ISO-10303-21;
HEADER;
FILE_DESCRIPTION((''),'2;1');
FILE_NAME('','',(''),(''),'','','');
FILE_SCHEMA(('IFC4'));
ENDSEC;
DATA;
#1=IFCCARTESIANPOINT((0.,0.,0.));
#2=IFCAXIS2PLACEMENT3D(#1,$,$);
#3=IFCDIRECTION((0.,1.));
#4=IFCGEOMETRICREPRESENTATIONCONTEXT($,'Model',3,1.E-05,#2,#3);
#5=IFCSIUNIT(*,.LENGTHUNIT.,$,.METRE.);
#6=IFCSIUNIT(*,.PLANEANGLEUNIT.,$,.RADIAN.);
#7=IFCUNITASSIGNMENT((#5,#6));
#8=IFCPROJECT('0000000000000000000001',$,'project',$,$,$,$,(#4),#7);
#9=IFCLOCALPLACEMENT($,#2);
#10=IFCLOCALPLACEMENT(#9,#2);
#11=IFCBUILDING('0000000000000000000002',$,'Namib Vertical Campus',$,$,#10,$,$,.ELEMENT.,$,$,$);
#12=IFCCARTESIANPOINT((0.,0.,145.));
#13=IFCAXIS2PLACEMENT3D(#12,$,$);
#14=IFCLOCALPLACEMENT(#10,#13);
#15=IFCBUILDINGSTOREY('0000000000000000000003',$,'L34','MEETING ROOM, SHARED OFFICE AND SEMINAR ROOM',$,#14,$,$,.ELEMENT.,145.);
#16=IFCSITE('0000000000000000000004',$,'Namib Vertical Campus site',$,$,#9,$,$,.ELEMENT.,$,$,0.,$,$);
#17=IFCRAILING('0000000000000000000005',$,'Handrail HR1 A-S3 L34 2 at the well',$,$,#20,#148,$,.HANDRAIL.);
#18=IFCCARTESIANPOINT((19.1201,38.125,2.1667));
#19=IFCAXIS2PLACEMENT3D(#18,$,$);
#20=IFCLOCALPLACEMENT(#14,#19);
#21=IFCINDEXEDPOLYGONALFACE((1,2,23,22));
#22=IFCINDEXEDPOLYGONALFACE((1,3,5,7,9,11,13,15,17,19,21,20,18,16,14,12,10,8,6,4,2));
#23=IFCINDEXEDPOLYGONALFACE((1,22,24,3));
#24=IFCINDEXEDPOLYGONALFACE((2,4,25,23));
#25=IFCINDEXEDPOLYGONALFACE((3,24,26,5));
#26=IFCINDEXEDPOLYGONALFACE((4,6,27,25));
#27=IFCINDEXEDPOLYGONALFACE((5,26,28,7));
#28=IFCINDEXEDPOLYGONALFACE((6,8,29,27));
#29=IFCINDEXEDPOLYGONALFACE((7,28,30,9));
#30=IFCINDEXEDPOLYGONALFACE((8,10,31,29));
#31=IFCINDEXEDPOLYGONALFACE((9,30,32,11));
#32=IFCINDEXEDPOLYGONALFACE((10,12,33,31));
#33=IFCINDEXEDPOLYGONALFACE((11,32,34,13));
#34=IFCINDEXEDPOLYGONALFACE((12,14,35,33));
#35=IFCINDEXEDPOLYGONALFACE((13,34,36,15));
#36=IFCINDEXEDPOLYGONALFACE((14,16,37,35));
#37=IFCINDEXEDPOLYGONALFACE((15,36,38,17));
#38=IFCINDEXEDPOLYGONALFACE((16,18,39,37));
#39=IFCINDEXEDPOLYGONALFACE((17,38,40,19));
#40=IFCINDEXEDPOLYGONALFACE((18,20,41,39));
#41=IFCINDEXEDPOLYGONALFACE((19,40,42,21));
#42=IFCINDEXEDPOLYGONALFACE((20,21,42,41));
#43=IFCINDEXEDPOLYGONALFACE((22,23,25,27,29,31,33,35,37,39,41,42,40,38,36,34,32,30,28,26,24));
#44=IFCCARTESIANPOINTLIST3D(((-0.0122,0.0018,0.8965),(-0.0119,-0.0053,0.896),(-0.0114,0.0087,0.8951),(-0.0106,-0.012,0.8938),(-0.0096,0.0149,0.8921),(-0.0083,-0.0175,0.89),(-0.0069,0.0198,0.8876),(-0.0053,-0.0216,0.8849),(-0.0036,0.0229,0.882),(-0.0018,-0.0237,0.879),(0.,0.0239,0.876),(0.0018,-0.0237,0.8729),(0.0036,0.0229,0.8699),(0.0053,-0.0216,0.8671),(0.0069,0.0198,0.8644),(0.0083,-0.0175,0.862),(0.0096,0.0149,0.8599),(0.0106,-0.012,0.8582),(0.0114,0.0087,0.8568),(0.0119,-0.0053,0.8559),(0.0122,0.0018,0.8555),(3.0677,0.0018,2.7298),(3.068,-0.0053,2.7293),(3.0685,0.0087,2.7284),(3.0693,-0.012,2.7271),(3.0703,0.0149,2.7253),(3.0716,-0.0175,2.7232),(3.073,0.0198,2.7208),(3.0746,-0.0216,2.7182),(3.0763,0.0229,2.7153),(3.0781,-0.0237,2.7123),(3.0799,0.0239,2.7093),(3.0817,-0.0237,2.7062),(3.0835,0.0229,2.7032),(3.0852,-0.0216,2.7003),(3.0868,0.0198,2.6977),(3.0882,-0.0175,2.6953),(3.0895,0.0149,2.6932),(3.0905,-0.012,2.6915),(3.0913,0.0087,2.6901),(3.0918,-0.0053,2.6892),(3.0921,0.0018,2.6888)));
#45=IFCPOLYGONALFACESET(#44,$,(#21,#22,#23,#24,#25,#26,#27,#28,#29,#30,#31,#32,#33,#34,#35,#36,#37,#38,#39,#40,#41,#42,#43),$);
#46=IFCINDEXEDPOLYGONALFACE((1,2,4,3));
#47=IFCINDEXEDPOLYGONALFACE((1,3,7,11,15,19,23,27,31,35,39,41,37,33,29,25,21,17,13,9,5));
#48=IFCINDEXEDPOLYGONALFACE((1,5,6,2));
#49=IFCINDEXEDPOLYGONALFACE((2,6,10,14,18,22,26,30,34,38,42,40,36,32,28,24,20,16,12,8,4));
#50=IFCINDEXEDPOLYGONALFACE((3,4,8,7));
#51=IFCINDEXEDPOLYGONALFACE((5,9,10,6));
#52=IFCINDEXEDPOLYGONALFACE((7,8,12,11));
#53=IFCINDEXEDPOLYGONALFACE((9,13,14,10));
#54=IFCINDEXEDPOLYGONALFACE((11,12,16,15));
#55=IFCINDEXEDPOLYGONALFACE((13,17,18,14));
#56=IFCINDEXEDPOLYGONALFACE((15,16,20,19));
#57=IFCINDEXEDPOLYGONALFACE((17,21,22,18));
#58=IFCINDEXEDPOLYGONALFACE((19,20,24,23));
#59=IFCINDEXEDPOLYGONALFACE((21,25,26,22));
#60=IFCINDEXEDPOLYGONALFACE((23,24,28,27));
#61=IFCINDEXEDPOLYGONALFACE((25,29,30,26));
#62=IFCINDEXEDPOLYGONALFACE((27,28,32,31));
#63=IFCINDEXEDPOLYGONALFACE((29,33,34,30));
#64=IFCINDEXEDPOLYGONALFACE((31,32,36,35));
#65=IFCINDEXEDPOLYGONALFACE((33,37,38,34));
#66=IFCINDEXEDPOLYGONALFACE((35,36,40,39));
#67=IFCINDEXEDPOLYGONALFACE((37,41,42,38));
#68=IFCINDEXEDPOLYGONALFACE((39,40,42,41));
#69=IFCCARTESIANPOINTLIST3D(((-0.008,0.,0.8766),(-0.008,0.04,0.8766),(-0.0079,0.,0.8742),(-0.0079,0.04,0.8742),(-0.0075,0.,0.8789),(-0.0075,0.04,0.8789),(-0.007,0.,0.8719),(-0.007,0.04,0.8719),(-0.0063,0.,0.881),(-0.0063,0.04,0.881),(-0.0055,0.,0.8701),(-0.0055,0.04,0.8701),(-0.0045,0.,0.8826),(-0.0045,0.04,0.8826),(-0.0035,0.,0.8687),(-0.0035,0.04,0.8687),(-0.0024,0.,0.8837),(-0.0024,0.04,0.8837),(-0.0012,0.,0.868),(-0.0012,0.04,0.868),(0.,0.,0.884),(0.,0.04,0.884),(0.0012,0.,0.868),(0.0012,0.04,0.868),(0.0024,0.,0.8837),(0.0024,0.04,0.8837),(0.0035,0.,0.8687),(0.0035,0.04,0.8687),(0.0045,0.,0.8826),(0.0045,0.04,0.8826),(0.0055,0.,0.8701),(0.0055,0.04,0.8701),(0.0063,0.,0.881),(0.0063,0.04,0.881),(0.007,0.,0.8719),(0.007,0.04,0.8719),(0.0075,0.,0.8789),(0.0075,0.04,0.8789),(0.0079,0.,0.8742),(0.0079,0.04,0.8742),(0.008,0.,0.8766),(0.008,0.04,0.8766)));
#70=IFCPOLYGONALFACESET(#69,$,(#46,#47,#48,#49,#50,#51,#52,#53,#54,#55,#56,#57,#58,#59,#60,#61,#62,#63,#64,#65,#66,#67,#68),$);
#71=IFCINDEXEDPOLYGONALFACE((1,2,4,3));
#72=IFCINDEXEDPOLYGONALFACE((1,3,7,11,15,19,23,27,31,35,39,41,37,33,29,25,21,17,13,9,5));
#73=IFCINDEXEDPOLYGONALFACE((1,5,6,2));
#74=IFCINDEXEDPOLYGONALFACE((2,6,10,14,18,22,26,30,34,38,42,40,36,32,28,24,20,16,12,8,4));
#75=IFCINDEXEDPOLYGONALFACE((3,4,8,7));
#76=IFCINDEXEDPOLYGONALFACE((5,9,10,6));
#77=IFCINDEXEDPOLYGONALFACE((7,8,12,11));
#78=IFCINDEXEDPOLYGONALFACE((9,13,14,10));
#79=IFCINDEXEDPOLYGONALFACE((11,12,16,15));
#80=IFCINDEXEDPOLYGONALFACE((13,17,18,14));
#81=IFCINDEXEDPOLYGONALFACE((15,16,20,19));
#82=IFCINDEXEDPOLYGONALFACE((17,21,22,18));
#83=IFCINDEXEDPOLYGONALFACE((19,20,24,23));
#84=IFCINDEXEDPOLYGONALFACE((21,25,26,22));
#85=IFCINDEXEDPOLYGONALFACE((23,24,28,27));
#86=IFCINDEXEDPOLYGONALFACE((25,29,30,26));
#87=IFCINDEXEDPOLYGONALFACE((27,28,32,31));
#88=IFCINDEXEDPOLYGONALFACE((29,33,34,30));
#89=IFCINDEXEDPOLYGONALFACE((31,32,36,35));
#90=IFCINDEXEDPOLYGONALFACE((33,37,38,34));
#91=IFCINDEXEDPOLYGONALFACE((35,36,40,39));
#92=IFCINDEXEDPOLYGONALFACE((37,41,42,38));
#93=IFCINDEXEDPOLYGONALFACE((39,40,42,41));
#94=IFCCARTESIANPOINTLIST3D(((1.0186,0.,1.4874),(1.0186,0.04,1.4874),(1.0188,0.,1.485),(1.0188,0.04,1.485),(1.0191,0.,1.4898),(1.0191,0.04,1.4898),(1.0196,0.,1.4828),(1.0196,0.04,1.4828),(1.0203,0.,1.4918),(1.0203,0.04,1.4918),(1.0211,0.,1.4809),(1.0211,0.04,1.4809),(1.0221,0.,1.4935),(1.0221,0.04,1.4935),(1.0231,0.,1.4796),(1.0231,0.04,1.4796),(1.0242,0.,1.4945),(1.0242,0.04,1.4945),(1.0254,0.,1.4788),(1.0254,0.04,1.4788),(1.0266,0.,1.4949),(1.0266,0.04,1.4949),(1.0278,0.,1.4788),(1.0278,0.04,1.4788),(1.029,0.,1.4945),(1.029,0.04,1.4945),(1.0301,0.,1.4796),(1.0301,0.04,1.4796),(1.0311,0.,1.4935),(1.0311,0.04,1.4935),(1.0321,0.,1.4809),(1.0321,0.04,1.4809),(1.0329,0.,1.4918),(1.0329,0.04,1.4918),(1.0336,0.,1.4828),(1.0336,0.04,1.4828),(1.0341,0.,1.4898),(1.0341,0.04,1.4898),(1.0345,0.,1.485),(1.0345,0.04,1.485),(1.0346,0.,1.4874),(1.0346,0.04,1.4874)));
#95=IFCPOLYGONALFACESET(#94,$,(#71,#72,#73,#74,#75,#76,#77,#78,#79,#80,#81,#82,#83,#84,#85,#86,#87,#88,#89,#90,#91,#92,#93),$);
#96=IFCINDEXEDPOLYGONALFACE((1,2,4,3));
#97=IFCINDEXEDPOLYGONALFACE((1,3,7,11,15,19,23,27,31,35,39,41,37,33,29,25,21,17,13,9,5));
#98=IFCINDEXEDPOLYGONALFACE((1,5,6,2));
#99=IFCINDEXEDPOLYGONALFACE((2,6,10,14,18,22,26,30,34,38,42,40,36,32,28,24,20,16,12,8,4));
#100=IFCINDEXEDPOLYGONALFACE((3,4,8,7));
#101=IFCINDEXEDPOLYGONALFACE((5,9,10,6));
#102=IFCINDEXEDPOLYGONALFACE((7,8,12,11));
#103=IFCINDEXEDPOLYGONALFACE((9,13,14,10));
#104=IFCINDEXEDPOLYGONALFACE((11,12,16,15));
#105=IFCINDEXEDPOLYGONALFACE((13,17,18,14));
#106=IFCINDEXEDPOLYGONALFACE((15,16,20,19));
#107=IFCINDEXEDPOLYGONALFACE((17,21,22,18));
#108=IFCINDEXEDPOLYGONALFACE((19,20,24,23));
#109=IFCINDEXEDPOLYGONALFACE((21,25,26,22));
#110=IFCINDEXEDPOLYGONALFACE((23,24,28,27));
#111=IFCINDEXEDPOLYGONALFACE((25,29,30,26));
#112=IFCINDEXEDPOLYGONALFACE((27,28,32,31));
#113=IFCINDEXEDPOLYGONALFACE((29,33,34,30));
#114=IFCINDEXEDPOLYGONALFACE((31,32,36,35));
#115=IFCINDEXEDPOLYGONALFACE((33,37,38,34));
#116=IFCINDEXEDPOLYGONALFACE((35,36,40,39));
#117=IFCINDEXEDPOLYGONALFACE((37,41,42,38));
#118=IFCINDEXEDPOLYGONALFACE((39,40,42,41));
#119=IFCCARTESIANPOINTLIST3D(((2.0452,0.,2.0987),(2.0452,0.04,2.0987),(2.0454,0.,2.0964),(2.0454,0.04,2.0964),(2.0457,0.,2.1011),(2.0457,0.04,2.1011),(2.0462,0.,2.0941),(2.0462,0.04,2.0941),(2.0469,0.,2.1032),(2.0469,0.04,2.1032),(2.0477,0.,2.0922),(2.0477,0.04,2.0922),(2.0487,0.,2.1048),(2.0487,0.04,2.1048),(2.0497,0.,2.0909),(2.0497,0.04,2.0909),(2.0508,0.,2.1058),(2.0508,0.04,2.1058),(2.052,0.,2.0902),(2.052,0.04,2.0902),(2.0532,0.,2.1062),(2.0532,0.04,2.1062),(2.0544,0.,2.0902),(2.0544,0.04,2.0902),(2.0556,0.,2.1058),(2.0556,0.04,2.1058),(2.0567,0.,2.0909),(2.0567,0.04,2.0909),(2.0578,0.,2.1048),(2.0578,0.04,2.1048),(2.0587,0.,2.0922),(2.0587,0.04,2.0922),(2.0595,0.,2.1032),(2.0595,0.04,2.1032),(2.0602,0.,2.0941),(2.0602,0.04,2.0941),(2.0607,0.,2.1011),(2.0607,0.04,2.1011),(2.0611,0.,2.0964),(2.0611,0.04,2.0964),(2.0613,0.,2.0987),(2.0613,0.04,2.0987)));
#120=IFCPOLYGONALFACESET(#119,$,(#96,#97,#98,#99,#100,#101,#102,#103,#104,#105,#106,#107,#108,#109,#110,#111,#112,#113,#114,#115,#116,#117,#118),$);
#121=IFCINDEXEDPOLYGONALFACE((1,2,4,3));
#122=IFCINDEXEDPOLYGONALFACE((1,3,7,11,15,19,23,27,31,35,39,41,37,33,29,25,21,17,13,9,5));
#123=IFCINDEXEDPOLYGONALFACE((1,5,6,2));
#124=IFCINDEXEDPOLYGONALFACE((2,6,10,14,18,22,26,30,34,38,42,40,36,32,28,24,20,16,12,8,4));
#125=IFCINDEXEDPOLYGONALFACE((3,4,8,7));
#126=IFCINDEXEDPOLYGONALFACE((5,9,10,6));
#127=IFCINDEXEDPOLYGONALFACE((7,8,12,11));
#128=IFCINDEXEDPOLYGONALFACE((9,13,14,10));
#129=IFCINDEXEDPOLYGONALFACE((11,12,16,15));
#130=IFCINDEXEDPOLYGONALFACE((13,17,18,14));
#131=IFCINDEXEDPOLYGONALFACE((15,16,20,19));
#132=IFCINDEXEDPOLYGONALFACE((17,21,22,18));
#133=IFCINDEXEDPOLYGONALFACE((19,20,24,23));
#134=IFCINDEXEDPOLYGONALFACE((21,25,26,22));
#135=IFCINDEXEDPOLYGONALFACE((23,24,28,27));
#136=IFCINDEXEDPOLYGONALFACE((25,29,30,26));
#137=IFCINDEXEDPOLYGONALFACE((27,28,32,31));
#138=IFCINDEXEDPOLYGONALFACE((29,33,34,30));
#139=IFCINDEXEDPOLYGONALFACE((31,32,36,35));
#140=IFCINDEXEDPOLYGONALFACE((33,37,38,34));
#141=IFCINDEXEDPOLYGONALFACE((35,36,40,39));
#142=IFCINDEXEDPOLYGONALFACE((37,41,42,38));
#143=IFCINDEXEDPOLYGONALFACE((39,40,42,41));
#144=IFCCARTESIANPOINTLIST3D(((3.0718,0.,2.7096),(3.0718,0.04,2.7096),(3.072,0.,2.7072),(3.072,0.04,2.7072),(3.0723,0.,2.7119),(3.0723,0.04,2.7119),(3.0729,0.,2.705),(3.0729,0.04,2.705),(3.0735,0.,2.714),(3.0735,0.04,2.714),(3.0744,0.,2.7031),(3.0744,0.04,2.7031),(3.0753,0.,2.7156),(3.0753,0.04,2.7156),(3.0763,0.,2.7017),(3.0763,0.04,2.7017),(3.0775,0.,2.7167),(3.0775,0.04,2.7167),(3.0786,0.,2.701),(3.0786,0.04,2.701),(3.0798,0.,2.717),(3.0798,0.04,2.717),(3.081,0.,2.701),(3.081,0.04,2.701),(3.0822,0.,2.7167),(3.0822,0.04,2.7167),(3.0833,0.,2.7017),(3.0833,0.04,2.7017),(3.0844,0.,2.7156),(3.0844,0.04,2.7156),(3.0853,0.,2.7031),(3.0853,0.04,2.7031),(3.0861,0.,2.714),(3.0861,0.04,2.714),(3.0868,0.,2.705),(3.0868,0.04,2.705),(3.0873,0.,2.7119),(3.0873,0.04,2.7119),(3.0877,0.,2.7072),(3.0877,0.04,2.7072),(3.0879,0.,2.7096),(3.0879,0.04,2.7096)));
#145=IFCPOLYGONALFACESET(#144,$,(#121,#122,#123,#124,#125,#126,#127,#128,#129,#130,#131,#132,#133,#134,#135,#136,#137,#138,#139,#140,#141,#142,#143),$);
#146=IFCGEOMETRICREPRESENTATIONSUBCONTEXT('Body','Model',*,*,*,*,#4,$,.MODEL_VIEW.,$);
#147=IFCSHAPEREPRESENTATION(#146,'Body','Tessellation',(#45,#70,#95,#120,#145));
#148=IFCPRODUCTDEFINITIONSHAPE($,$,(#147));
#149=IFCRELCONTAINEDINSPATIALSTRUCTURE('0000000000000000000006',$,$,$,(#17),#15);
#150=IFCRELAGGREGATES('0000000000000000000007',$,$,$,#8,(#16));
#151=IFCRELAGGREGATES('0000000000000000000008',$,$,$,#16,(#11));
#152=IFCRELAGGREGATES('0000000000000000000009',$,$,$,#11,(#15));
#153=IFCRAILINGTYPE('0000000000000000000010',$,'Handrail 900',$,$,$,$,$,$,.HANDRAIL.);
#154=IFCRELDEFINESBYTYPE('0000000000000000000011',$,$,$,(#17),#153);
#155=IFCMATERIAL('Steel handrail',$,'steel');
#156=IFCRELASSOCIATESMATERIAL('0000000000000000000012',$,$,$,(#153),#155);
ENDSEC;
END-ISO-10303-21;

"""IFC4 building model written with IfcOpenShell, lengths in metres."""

from ifc_helpers import new_model, si_unit, direction, frame, origin, origin_2d, place, context, subcontext, project, spatial, circle, extrude, material, type_object, element, save


model = new_model("IFC4")

# Units and contexts
model_context = context("Model", 3, precision=1e-05, world=origin(), true_north=direction((0.0, 1.0)))
body_context = subcontext(model_context, "Body", "Model", "MODEL_VIEW")
ifc_project = project(units=[si_unit("LENGTHUNIT", "METRE"), si_unit("PLANEANGLEUNIT", "RADIAN")], contexts=[model_context])

# Site, building, storey
site_placement = place(None, origin())
site = spatial("IfcSite", under=ifc_project, at=site_placement, Name="Namib Vertical Campus site", CompositionType="ELEMENT", RefElevation=0.0)
building_placement = place(site_placement, origin())
building = spatial("IfcBuilding", under=site, at=building_placement, Name="Namib Vertical Campus", CompositionType="ELEMENT")
storey_placement = place(building_placement, frame((0.0, 0.0, 145.0)))
storey = spatial("IfcBuildingStorey", under=building, at=storey_placement, Name="L34", Description="MEETING ROOM, SHARED OFFICE AND SEMINAR ROOM", CompositionType="ELEMENT", Elevation=145.0)

# Railing
ifc_material_1 = material(Name="Steel handrail", Category="steel")
railing_type_1 = type_object("IfcRailingType", Name="Handrail 900", PredefinedType="HANDRAIL", material=ifc_material_1)
railing_1_placement = place(storey_placement, frame((19.1201, 38.125, 2.1667)))
element("IfcRailing", 1, at=railing_1_placement, inside=storey, type_object=railing_type_1, Name="Handrail HR1 A-S3 L34 2 at the well", PredefinedType="HANDRAIL", context=body_context, shape_type="SweptSolid", body=[
    extrude(circle(Radius=0.0239, at=origin_2d()), frame((0.0, 0.0, 0.876), z_axis=(0.859291, 0.0, 0.511487), x_axis=(0.0, 1.0, 0.0)), (0.0, 0.0, 1.0), 3.5842),
    extrude(circle(Radius=0.0081, at=origin_2d()), frame((0.0, 0.0, 0.876), z_axis=(0.0, 1.0, 0.0), x_axis=(0.0, 0.0, 1.0)), (0.0, 0.0, 1.0), 0.04),
    extrude(circle(Radius=0.0081, at=origin_2d()), frame((1.0266, 0.0, 1.4868), z_axis=(0.0, 1.0, 0.0), x_axis=(0.0, 0.0, 1.0)), (0.0, 0.0, 1.0), 0.04),
    extrude(circle(Radius=0.0081, at=origin_2d()), frame((2.0532, 0.0, 2.0981), z_axis=(0.0, 1.0, 0.0), x_axis=(0.0, 0.0, 1.0)), (0.0, 0.0, 1.0), 0.04),
    extrude(circle(Radius=0.0081, at=origin_2d()), frame((3.0798, 0.0, 2.709), z_axis=(0.0, 1.0, 0.0), x_axis=(0.0, 0.0, 1.0)), (0.0, 0.0, 1.0), 0.04),
])

save(model, "model.ifc")
